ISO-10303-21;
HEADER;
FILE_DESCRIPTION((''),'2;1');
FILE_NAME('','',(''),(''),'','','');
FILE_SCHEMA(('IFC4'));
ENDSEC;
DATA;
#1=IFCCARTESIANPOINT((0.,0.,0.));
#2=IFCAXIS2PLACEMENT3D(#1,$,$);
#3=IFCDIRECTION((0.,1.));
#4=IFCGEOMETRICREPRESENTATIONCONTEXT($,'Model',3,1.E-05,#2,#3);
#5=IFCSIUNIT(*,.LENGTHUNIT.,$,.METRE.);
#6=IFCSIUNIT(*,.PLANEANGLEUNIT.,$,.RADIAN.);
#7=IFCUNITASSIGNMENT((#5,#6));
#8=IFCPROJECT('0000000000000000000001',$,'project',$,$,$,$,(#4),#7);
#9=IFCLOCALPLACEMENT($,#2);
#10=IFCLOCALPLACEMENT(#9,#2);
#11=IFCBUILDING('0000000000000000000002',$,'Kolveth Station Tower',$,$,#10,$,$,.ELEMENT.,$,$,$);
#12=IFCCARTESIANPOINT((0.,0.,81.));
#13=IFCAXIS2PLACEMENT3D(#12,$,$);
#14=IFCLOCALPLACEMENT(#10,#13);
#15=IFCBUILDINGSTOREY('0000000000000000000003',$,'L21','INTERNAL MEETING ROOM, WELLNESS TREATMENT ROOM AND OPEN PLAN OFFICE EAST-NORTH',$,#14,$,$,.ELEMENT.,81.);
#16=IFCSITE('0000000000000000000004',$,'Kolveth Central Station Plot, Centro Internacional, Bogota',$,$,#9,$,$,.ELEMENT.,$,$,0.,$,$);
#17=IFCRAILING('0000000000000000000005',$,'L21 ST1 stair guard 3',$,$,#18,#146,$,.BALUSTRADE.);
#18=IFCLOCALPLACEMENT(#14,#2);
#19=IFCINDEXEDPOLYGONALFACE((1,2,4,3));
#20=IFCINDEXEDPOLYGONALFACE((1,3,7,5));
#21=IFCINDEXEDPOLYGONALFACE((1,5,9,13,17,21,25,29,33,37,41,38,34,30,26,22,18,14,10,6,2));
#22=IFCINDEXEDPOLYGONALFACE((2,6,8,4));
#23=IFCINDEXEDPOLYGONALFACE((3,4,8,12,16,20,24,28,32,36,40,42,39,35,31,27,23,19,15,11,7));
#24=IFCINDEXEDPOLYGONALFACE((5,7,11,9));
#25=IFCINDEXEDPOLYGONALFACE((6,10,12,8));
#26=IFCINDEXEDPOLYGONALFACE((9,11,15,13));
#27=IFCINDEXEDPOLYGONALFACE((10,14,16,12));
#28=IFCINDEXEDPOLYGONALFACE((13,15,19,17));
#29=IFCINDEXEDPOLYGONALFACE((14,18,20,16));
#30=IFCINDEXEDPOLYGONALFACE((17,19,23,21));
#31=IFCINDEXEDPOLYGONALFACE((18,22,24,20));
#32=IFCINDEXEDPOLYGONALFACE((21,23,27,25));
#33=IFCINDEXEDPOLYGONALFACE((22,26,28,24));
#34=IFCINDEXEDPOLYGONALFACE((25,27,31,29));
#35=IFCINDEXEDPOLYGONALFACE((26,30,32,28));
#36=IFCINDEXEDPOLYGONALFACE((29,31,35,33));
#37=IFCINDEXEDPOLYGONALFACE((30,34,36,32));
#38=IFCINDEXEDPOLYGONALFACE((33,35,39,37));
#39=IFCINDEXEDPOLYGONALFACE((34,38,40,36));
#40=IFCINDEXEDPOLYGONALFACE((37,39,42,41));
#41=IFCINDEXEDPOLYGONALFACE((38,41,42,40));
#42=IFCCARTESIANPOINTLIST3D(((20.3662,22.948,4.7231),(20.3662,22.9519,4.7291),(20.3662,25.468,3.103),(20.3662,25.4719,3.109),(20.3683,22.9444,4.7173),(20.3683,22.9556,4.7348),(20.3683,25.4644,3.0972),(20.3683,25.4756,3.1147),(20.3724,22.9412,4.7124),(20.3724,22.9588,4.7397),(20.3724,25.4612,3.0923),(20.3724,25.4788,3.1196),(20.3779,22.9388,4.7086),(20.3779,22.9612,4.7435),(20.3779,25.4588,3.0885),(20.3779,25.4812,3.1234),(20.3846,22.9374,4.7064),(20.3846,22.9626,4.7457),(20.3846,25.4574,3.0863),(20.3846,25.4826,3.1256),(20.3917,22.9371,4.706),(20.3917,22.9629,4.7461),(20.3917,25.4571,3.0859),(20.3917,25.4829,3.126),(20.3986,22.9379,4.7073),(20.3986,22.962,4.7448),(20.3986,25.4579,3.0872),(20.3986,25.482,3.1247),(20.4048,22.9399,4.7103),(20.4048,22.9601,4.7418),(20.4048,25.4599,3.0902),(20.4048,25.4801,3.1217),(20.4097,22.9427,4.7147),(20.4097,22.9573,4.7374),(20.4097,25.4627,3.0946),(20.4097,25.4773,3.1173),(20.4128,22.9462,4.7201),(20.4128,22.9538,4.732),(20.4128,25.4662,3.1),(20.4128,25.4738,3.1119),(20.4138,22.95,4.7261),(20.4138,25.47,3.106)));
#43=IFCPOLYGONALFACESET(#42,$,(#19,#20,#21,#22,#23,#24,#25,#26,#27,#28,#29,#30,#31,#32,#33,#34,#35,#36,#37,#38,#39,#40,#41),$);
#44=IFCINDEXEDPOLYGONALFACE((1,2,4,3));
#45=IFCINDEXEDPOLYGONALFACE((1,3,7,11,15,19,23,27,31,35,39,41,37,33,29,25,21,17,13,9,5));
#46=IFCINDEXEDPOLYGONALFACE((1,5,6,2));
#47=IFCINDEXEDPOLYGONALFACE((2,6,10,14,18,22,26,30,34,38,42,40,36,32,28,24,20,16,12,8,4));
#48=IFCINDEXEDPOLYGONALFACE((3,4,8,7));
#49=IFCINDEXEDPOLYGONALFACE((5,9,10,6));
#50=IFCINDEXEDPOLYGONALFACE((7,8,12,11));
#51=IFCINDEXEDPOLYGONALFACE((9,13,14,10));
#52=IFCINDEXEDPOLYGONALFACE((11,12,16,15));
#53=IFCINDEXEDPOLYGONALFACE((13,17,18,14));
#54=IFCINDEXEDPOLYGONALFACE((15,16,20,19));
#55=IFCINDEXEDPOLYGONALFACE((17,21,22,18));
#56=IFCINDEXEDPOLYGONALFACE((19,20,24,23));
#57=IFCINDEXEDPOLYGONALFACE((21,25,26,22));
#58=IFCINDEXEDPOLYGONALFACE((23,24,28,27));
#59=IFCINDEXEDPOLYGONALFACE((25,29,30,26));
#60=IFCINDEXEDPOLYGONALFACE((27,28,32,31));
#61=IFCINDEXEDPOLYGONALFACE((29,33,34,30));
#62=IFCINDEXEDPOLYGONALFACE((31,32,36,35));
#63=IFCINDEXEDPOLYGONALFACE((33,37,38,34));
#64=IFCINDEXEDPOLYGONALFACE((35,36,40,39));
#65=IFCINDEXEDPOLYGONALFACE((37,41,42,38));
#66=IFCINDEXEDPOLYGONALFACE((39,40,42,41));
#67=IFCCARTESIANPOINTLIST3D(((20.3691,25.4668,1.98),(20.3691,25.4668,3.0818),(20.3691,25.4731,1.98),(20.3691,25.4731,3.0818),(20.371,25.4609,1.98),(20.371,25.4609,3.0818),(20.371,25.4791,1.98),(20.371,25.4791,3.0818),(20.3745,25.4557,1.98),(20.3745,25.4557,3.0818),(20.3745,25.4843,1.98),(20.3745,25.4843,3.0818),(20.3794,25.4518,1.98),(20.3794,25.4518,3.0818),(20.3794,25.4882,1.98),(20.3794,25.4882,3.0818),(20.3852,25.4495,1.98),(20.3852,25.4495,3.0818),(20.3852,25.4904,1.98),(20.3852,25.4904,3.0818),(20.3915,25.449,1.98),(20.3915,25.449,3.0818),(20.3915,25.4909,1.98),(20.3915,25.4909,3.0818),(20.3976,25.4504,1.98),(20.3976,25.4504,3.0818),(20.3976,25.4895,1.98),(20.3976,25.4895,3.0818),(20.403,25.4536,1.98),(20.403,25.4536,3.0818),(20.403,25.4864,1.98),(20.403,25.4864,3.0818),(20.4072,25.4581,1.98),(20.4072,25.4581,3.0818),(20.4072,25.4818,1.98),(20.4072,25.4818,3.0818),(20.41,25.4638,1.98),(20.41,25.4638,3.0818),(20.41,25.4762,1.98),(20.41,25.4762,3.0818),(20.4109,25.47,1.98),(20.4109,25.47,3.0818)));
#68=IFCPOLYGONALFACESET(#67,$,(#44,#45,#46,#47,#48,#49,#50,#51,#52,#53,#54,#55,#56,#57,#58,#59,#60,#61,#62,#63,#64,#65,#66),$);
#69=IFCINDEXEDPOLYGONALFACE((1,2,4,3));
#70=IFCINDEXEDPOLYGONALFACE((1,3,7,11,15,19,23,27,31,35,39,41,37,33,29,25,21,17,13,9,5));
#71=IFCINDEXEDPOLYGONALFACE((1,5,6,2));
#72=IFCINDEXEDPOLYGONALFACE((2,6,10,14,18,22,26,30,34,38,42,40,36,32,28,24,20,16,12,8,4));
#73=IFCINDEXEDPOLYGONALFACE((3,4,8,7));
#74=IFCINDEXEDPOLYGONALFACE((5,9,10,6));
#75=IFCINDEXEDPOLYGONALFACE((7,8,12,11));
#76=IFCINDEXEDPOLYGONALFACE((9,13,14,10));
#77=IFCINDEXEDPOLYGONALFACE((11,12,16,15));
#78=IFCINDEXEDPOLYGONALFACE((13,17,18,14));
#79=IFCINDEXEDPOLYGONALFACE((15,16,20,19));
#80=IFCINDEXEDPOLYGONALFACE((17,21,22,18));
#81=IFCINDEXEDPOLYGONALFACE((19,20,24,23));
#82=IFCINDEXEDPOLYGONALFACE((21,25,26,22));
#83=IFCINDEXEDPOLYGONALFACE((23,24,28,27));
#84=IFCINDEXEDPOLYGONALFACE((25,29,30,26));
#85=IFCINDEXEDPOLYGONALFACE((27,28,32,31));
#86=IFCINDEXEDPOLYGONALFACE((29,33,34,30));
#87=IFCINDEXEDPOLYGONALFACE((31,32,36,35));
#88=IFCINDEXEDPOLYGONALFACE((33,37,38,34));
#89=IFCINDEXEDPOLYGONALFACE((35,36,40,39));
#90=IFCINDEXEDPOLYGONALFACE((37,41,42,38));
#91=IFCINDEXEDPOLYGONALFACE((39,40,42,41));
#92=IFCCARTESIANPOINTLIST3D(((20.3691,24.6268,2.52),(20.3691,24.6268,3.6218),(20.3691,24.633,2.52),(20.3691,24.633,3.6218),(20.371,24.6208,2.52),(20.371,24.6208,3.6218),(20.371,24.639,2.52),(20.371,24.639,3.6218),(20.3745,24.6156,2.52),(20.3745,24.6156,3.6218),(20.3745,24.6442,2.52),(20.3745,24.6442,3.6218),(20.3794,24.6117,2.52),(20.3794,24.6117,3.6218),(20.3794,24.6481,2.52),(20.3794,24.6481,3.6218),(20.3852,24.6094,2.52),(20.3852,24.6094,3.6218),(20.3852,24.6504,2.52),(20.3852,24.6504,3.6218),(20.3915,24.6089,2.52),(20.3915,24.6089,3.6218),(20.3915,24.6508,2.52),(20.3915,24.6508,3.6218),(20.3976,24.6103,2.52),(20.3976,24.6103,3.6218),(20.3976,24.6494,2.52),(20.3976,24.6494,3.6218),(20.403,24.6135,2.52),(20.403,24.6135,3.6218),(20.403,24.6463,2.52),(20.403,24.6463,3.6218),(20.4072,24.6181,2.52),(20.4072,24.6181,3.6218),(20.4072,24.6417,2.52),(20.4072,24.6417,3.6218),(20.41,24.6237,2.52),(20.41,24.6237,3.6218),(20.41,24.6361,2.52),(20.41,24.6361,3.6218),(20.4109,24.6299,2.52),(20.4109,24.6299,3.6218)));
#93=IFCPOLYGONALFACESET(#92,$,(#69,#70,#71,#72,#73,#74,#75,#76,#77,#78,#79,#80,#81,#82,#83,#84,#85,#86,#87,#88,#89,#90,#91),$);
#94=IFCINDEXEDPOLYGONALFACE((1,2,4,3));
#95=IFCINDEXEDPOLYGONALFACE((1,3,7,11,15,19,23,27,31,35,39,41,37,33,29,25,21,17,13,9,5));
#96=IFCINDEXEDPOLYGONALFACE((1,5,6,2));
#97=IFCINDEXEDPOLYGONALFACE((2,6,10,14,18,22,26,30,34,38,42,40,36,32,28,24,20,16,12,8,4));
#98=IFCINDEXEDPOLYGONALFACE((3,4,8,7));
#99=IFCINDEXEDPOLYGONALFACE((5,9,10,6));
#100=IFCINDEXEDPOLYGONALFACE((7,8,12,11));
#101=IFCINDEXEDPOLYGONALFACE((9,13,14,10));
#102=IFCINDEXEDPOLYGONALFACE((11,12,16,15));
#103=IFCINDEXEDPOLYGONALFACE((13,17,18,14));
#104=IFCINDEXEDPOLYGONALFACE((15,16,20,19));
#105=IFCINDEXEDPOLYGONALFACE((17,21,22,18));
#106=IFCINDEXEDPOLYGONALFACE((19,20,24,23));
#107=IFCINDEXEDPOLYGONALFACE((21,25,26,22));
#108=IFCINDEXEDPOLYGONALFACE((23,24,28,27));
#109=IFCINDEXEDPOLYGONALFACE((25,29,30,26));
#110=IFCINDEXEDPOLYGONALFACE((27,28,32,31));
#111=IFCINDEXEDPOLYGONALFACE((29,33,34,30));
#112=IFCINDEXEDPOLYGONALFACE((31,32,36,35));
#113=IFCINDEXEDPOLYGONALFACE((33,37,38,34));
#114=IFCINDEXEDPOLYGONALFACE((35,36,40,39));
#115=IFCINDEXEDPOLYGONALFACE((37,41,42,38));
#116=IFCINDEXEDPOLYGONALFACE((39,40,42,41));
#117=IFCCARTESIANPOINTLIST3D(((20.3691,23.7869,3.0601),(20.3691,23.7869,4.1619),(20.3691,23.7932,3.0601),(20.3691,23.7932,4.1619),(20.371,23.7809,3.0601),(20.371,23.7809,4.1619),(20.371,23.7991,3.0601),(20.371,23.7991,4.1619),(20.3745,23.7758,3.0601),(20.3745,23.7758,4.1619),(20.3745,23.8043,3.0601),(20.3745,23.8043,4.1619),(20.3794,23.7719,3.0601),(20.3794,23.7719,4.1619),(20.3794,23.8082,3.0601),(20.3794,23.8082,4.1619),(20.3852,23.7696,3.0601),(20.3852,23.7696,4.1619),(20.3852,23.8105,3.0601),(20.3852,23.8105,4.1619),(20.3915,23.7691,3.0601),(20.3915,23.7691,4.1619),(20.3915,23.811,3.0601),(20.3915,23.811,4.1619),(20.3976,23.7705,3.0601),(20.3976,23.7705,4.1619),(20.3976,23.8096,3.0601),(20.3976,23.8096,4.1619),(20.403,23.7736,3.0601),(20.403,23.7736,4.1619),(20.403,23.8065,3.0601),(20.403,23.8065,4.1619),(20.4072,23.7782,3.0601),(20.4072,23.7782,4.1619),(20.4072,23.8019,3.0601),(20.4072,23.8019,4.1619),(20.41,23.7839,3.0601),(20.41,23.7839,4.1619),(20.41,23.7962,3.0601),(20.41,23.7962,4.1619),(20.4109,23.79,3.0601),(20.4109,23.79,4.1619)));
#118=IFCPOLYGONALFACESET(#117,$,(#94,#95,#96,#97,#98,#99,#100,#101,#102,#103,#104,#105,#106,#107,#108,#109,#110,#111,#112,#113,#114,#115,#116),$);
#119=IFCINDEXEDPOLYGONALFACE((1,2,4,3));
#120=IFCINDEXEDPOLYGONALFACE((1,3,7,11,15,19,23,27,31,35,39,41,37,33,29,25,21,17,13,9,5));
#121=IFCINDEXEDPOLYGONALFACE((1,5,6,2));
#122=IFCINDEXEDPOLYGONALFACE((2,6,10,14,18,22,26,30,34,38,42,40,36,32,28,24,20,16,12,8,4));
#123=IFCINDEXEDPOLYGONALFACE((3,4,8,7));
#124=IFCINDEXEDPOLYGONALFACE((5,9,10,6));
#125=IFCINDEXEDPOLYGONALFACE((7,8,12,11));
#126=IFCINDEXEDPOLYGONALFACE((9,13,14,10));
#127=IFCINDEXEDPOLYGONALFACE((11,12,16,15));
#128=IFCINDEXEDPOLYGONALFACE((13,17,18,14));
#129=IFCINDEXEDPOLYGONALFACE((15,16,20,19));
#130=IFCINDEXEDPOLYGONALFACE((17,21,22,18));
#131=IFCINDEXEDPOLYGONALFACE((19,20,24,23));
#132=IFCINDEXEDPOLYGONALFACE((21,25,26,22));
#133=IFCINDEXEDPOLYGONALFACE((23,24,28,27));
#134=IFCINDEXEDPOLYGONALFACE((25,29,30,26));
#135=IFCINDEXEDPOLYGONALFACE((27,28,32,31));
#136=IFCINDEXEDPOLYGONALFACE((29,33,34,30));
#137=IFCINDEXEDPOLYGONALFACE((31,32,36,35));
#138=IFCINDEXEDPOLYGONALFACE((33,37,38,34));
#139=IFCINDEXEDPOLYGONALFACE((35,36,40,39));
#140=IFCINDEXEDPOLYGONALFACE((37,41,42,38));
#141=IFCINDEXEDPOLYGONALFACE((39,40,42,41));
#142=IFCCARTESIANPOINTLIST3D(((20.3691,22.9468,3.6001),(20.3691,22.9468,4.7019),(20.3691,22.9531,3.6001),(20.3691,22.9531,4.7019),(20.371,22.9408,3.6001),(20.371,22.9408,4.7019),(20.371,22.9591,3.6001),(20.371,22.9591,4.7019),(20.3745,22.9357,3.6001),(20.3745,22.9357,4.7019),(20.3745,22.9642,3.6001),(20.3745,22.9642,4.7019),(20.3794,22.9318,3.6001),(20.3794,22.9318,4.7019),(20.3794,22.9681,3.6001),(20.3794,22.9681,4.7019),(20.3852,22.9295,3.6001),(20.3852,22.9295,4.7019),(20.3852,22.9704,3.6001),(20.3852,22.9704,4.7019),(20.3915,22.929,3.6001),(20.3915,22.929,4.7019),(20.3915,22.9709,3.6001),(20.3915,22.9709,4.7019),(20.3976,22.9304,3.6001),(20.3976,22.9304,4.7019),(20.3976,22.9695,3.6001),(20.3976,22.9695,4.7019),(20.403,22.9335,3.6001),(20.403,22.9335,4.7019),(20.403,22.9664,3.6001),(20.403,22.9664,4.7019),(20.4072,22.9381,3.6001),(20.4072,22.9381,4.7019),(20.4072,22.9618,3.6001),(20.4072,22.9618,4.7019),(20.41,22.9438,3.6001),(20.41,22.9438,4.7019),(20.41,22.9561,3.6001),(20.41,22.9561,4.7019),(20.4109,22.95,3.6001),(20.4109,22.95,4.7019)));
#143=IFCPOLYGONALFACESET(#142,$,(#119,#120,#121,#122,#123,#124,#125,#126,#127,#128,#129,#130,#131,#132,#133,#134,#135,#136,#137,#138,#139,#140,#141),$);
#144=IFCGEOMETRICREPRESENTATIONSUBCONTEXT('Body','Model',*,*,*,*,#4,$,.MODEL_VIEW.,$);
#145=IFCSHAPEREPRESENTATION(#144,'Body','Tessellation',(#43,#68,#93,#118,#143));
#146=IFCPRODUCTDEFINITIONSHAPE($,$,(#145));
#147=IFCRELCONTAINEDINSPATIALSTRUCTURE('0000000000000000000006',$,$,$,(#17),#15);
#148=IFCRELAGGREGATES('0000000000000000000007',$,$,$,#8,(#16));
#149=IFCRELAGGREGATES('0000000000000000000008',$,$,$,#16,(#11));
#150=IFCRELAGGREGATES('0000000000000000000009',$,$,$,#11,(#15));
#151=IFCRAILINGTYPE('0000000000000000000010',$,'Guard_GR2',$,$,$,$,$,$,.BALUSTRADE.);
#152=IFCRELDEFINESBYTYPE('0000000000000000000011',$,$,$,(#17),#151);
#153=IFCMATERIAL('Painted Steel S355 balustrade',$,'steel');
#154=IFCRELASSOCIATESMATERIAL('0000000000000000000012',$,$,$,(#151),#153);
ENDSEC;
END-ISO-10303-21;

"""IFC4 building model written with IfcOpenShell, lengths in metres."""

from ifc_helpers import new_model, si_unit, direction, frame, origin, origin_2d, place, context, subcontext, project, spatial, circle, extrude, material, type_object, element, save


model = new_model("IFC4")

# Units and contexts
model_context = context("Model", 3, precision=1e-05, world=origin(), true_north=direction((0.0, 1.0)))
body_context = subcontext(model_context, "Body", "Model", "MODEL_VIEW")
ifc_project = project(units=[si_unit("LENGTHUNIT", "METRE"), si_unit("PLANEANGLEUNIT", "RADIAN")], contexts=[model_context])

# Site, building, storey
site_placement = place(None, origin())
site = spatial("IfcSite", under=ifc_project, at=site_placement, Name="Kolveth Central Station Plot, Centro Internacional, Bogota", CompositionType="ELEMENT", RefElevation=0.0)
building_placement = place(site_placement, origin())
building = spatial("IfcBuilding", under=site, at=building_placement, Name="Kolveth Station Tower", CompositionType="ELEMENT")
storey_placement = place(building_placement, frame((0.0, 0.0, 81.0)))
storey = spatial("IfcBuildingStorey", under=building, at=storey_placement, Name="L21", Description="INTERNAL MEETING ROOM, WELLNESS TREATMENT ROOM AND OPEN PLAN OFFICE EAST-NORTH", CompositionType="ELEMENT", Elevation=81.0)

# Railing
ifc_material_1 = material(Name="Painted Steel S355 balustrade", Category="steel")
railing_type_1 = type_object("IfcRailingType", Name="Guard_GR2", PredefinedType="BALUSTRADE", material=ifc_material_1)
railing_1_placement = place(storey_placement, frame((20.3899, 25.47, 1.98)))
element("IfcRailing", 1, at=railing_1_placement, inside=storey, type_object=railing_type_1, Name="L21 ST1 stair guard 3", PredefinedType="BALUSTRADE", context=body_context, shape_type="SweptSolid", body=[
    extrude(circle(Radius=0.0239, at=origin_2d()), frame((0.0, 0.0, 1.126), z_axis=(0.0, -0.841163, 0.540782), x_axis=(1.0, 0.0, 0.0)), (0.0, 0.0, 1.0), 2.9958),
    extrude(circle(Radius=0.021, at=origin_2d()), origin(), (0.0, 0.0, 1.0), 1.1018),
    extrude(circle(Radius=0.021, at=origin_2d()), frame((0.0, -0.8401, 0.54)), (0.0, 0.0, 1.0), 1.1018),
    extrude(circle(Radius=0.021, at=origin_2d()), frame((0.0, -1.6799, 1.0801)), (0.0, 0.0, 1.0), 1.1018),
    extrude(circle(Radius=0.021, at=origin_2d()), frame((0.0, -2.52, 1.6201)), (0.0, 0.0, 1.0), 1.1018),
])

save(model, "model.ifc")
